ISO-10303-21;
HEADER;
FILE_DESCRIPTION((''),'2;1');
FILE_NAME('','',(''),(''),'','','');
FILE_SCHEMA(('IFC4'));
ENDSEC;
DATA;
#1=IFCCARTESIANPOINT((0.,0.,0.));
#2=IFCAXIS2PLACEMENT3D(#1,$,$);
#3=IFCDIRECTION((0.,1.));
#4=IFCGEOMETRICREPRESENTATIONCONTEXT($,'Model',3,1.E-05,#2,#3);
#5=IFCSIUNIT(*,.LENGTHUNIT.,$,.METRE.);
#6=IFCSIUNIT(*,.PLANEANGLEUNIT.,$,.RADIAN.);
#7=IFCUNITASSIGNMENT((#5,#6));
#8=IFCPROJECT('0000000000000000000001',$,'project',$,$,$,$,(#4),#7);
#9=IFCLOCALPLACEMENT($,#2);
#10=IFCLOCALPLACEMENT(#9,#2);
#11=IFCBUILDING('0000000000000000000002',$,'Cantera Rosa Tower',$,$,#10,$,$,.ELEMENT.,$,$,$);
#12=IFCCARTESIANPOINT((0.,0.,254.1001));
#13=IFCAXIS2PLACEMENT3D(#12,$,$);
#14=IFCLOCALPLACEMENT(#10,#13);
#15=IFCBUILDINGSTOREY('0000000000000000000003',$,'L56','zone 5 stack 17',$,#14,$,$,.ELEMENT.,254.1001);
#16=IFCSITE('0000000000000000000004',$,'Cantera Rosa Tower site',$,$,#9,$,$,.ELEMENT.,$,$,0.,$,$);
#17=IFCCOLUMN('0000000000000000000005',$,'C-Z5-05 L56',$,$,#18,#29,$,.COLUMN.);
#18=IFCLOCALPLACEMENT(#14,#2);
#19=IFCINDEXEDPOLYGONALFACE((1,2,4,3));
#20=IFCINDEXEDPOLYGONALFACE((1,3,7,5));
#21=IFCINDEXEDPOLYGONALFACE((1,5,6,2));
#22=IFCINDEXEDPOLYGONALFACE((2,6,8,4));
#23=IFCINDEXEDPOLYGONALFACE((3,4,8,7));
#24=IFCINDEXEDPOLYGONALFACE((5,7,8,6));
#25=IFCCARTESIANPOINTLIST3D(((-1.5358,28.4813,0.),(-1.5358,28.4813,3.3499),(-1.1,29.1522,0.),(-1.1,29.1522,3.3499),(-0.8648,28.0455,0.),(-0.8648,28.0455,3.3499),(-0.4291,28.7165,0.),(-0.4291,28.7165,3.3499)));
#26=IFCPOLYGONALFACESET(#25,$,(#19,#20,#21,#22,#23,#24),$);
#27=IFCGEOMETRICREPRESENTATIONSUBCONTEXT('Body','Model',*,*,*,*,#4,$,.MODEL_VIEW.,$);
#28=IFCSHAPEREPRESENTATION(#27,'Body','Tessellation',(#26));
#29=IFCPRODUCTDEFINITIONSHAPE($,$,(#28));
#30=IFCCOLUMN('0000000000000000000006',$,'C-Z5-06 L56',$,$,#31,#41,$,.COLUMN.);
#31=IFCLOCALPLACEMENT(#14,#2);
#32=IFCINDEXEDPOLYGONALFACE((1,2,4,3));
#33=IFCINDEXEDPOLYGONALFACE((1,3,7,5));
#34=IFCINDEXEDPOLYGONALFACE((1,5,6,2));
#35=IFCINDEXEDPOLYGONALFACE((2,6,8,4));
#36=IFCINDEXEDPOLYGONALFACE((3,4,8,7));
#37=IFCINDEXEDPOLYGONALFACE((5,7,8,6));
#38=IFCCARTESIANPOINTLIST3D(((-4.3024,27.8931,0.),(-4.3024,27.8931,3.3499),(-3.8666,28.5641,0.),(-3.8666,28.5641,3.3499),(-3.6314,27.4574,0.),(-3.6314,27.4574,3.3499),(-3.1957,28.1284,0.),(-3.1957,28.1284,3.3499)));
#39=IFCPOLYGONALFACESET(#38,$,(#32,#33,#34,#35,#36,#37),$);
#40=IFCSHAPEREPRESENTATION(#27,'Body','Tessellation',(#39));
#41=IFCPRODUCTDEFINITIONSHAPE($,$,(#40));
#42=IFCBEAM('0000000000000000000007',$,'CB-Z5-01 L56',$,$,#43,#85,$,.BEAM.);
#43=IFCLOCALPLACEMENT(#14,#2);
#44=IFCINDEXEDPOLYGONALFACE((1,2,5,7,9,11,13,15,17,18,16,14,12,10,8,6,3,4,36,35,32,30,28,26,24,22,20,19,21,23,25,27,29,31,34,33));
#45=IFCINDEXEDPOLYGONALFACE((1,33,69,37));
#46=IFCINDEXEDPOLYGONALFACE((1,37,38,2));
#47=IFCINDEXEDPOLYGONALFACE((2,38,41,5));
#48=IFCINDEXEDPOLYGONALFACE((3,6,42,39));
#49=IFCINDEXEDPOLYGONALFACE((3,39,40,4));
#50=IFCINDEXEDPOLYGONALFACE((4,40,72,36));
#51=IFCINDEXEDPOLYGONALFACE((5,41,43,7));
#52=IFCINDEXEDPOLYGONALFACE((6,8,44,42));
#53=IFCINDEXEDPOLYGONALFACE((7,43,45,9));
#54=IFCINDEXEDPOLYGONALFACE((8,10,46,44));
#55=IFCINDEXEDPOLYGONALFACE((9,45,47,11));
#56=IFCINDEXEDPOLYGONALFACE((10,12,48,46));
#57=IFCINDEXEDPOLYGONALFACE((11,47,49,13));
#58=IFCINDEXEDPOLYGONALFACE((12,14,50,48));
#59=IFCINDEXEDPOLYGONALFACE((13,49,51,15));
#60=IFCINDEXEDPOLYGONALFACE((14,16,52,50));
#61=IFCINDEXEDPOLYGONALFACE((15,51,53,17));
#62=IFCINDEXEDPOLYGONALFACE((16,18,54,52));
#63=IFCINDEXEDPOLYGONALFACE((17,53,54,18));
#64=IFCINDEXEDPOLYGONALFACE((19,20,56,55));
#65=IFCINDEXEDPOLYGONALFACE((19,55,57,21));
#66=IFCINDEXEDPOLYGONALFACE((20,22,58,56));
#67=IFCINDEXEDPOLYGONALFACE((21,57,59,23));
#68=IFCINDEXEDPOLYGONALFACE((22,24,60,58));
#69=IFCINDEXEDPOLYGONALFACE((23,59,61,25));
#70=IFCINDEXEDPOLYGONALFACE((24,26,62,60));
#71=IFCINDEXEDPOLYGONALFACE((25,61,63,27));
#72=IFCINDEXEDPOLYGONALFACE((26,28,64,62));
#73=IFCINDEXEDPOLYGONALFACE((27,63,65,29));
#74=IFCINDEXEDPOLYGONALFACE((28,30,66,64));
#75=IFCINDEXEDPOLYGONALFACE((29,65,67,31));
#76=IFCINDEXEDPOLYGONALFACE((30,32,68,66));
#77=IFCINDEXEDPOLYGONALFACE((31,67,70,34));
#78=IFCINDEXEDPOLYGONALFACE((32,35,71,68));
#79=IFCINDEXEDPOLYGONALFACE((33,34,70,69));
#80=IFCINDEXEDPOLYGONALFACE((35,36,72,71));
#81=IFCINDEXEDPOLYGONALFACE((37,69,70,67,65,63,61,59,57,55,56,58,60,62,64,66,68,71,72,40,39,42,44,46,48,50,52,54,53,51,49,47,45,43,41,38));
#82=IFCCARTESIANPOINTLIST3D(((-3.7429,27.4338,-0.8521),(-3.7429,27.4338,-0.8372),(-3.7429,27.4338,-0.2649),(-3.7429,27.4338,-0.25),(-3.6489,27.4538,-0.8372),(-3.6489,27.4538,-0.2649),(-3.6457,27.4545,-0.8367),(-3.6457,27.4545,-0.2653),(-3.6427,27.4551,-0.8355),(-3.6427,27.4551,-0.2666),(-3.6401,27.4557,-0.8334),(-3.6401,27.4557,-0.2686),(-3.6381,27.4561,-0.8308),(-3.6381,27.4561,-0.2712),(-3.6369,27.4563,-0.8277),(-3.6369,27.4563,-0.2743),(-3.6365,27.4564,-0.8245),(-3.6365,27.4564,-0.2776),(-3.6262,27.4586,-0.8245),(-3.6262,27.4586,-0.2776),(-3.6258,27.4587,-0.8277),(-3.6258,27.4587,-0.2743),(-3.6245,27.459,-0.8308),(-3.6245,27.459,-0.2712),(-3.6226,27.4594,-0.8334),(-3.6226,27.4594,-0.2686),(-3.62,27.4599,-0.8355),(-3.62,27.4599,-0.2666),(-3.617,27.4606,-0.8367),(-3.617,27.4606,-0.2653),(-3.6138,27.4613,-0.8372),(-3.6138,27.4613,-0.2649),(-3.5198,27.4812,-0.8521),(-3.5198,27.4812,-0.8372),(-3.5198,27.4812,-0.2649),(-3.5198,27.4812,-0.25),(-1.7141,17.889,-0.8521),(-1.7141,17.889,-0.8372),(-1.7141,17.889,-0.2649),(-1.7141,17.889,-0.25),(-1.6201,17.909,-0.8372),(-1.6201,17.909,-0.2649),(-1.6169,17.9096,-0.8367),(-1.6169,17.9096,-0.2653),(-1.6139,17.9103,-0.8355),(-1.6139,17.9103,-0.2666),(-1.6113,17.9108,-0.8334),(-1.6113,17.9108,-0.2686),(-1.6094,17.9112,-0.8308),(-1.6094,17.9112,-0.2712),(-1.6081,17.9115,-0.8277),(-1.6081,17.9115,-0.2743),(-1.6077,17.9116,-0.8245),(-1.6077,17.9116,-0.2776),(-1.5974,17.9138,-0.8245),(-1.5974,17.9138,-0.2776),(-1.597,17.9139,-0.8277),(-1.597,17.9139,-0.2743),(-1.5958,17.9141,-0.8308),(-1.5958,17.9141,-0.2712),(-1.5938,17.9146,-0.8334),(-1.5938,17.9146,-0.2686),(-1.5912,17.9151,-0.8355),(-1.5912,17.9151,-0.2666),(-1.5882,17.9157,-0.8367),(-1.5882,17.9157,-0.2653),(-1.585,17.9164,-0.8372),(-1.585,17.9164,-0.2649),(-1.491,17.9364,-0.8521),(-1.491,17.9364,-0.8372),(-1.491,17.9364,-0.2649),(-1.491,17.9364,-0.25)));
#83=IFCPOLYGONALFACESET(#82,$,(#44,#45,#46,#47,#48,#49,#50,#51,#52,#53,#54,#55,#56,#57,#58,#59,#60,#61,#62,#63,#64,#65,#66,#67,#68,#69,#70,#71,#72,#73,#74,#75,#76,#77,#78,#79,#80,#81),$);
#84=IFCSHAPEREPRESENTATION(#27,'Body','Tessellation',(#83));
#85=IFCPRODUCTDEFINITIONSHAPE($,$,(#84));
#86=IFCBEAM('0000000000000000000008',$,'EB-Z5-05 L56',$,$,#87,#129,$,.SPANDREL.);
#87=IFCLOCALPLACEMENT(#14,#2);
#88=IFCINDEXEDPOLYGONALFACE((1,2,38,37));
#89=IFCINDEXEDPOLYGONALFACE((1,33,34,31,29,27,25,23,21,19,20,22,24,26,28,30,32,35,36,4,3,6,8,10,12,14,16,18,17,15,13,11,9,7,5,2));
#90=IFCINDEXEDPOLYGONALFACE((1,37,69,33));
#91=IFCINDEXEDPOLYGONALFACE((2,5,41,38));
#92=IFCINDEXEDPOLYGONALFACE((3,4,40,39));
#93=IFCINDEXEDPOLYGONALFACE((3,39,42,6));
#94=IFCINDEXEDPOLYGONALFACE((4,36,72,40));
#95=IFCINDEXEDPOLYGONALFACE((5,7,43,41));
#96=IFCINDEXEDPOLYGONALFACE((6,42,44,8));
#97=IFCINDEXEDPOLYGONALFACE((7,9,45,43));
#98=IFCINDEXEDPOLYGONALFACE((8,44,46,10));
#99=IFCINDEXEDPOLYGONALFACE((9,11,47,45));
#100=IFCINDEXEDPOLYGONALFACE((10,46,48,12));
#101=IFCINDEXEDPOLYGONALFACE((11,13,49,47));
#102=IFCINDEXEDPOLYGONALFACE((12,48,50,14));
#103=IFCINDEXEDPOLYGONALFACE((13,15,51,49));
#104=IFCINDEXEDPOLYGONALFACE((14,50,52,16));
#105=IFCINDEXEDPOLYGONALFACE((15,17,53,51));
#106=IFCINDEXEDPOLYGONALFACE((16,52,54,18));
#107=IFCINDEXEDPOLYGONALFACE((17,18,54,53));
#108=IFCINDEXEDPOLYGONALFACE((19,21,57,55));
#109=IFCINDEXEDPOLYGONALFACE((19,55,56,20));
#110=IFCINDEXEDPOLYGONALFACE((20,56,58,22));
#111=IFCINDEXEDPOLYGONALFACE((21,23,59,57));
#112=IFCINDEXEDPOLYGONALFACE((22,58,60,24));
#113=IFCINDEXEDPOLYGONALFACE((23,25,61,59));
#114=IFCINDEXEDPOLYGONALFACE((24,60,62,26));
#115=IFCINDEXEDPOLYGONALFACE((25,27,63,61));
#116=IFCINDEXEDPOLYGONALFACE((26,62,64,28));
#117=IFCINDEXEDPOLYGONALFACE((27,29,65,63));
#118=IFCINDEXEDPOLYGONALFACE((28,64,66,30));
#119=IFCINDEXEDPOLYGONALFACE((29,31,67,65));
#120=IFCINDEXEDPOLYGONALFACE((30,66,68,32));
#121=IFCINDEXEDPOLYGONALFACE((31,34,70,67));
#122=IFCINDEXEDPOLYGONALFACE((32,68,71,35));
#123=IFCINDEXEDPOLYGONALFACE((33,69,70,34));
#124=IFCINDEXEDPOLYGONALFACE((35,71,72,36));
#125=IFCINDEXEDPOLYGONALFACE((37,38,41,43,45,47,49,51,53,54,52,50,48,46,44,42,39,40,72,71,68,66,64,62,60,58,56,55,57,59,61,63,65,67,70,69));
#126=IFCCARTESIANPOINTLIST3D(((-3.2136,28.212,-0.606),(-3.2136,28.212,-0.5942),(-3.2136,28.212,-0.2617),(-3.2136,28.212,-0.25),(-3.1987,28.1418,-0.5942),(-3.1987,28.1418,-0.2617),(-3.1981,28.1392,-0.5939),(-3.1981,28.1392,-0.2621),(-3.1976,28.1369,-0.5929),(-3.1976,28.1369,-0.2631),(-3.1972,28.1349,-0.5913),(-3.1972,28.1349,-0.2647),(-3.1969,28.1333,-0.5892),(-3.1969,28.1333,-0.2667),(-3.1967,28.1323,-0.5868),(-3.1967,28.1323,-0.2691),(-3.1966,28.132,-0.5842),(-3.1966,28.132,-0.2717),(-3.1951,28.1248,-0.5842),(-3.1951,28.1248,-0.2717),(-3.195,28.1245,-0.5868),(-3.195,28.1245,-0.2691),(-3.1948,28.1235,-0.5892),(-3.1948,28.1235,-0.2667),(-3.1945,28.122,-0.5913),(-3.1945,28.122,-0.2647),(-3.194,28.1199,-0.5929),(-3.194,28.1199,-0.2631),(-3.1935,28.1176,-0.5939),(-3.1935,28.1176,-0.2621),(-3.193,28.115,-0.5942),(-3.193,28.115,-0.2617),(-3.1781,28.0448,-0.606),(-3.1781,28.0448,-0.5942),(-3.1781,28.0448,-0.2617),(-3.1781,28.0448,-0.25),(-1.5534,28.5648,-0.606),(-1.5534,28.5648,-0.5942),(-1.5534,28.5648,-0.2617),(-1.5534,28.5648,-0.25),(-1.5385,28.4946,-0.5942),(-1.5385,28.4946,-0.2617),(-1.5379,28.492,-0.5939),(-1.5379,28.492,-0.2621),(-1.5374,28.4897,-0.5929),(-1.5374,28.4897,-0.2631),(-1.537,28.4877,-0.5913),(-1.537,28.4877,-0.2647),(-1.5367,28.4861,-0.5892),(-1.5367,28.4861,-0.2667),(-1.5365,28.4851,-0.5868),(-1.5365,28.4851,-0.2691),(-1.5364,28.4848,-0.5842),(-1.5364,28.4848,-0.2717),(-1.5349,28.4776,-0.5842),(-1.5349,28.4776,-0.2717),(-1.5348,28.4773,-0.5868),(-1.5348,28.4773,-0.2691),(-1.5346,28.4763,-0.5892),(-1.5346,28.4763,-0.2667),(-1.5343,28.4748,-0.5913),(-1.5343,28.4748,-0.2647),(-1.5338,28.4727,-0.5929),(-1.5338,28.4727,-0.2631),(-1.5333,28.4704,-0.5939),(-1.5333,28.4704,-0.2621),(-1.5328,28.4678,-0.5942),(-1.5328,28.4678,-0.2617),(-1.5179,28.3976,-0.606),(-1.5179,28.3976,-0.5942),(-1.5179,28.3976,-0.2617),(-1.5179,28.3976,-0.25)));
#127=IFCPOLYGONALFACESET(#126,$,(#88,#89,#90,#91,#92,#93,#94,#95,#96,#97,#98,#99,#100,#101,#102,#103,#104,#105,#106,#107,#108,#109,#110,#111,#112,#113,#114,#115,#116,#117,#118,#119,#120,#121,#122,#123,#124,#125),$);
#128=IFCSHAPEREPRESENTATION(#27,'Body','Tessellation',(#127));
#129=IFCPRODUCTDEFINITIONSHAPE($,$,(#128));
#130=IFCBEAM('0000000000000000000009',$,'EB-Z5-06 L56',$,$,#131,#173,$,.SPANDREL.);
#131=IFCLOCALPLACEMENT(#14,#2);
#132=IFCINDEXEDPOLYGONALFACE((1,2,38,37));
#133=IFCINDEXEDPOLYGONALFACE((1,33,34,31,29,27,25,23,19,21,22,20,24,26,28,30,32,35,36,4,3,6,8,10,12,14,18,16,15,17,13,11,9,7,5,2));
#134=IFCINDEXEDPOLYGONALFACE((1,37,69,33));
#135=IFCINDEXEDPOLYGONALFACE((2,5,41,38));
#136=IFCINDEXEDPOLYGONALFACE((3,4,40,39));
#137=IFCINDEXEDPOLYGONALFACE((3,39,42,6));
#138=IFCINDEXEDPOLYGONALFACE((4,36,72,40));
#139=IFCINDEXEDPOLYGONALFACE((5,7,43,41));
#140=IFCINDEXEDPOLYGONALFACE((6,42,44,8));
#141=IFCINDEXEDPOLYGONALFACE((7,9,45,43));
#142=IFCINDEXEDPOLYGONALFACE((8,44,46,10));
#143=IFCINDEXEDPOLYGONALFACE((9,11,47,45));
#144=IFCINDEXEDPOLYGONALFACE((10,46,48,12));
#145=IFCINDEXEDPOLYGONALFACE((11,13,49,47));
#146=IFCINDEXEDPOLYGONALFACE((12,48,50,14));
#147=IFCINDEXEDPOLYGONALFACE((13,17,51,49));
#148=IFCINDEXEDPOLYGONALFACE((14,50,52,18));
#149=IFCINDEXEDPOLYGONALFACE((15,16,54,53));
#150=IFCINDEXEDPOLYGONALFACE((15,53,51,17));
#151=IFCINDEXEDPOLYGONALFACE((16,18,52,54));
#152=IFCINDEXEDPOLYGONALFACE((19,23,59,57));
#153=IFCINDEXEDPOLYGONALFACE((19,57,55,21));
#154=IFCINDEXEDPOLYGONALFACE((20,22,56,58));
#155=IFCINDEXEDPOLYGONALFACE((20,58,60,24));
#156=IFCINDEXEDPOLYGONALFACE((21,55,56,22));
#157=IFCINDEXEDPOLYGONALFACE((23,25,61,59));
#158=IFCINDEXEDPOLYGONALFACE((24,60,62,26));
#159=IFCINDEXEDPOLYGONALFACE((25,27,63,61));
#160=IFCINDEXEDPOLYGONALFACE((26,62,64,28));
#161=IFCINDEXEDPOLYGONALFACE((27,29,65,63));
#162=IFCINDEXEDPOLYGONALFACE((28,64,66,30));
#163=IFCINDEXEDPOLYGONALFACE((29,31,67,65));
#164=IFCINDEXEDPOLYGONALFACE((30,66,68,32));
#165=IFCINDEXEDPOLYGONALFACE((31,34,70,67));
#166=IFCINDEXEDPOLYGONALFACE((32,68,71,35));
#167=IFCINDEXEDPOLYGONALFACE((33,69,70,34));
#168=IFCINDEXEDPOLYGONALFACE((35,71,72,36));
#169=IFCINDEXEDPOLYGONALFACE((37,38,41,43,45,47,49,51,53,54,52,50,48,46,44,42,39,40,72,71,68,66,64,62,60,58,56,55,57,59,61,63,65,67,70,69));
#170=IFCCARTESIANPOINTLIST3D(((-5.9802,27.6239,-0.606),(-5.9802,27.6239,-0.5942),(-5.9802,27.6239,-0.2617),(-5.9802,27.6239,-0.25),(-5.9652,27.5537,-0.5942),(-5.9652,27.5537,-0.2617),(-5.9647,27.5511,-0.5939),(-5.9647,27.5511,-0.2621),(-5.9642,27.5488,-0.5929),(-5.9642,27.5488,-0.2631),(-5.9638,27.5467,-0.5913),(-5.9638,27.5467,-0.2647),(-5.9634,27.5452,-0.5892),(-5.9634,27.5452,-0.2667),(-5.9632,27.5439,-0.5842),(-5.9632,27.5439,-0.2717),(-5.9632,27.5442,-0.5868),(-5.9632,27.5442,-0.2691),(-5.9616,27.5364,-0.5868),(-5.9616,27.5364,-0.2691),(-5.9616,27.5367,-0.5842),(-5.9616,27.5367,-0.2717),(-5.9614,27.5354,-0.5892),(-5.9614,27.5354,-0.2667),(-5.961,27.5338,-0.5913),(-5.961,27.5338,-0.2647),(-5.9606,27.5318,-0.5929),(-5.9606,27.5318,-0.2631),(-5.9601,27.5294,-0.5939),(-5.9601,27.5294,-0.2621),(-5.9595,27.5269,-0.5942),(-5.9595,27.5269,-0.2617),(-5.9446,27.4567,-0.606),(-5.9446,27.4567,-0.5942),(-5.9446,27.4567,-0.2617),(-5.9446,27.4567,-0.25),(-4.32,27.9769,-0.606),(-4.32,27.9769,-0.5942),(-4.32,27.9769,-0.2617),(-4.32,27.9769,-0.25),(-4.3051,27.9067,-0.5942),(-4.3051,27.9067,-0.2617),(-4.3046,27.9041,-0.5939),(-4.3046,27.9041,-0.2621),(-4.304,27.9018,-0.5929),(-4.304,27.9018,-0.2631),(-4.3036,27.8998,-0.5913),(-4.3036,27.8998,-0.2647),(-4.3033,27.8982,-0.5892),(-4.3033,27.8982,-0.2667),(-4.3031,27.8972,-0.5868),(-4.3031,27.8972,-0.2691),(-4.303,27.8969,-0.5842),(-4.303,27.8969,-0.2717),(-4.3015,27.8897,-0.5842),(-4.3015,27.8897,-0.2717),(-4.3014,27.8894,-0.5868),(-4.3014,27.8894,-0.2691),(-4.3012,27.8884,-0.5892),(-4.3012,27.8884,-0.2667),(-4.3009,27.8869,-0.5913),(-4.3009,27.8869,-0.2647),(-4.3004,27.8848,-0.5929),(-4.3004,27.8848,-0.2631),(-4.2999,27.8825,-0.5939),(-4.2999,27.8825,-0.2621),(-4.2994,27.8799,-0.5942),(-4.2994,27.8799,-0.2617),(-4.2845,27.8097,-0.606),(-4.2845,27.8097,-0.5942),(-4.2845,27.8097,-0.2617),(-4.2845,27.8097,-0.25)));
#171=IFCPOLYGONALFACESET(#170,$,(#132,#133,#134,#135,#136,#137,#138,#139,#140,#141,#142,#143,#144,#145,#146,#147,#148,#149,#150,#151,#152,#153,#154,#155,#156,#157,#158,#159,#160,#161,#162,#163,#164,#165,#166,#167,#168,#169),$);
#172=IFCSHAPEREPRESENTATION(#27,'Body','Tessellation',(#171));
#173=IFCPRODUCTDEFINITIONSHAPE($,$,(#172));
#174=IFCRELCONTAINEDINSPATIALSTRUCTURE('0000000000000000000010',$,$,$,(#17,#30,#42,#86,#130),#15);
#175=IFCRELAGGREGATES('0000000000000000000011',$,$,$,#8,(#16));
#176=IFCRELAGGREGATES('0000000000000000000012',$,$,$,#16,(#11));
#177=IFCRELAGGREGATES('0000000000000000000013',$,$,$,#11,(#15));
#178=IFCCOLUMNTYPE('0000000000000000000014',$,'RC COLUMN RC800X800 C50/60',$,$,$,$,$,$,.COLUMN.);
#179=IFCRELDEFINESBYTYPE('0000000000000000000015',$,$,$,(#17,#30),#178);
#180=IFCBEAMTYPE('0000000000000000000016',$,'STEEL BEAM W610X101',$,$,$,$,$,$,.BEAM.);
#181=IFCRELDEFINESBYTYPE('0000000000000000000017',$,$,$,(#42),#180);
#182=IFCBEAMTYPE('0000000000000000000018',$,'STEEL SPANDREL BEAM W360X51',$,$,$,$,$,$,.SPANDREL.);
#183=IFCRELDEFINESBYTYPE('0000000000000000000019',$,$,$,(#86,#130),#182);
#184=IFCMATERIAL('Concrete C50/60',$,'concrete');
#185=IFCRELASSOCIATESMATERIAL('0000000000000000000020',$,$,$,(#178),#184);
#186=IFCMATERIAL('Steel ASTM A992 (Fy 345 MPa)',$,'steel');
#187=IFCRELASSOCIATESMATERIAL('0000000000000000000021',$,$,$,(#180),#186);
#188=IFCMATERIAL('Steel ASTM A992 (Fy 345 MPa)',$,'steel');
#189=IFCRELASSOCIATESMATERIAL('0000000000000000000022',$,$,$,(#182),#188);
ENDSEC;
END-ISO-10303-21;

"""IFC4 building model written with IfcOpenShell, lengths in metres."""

from ifc_helpers import new_model, si_unit, direction, frame, origin, origin_2d, place, context, subcontext, project, spatial, rectangle, i_section, extrude, material, material_profile, profile_set, type_object, element, save


model = new_model("IFC4")

# Units and contexts
model_context = context("Model", 3, precision=1e-05, world=origin(), true_north=direction((0.0, 1.0)))
body_context = subcontext(model_context, "Body", "Model", "MODEL_VIEW")
ifc_project = project(units=[si_unit("LENGTHUNIT", "METRE"), si_unit("PLANEANGLEUNIT", "RADIAN")], contexts=[model_context])

# Site, building, storey
site_placement = place(None, origin())
site = spatial("IfcSite", under=ifc_project, at=site_placement, Name="Cantera Rosa Tower site", CompositionType="ELEMENT", RefElevation=0.0)
building_placement = place(site_placement, origin())
building = spatial("IfcBuilding", under=site, at=building_placement, Name="Cantera Rosa Tower", CompositionType="ELEMENT")
storey_placement = place(building_placement, frame((0.0, 0.0, 254.1001)))
storey = spatial("IfcBuildingStorey", under=building, at=storey_placement, Name="L56", Description="zone 5 stack 17", CompositionType="ELEMENT", Elevation=254.1001)

# Columns
ifc_material_1 = material(Name="Concrete C50/60", Category="concrete")
ifc_material_profile_1 = material_profile(ifc_material_1, rectangle(XDim=0.8, YDim=0.8, at=origin_2d()), Name="RC COLUMN RC800X800 C50/60")
ifc_profile_set_1 = profile_set([ifc_material_profile_1], Name="Concrete C50/60")
column_type = type_object("IfcColumnType", Name="RC COLUMN RC800X800 C50/60", PredefinedType="COLUMN", material=ifc_profile_set_1)
for number, where, z_axis, x_axis, name in (
    (1, (-0.9824, 28.5989, 0.0), (0.0, 0.0, 1.0), (0.544639, 0.838671, 0.0), "C-Z5-05 L56"),
    (2, (-3.749, 28.0107, 0.0), (0.0, 0.0, 1.0), (0.544639, 0.838671, 0.0), "C-Z5-06 L56"),
):
    element("IfcColumn", number, at=place(storey_placement, frame(where, z_axis=z_axis, x_axis=x_axis)), inside=storey, type_object=column_type, Name=name, PredefinedType="COLUMN", context=body_context, shape_type="SweptSolid", body=[
        extrude(rectangle(XDim=0.8, YDim=0.8, at=origin_2d()), origin(), (0.0, 0.0, 1.0), 3.3499),
    ])

# Beams
ifc_material_2 = material(Name="Steel ASTM A992 (Fy 345 MPa)", Category="steel")
ifc_material_profile_2 = material_profile(ifc_material_2, i_section(OverallWidth=0.228, OverallDepth=0.6021, WebThickness=0.0105, FlangeThickness=0.0149, FilletRadius=0.0127, at=origin_2d()), Name="W610X101")
ifc_profile_set_2 = profile_set([ifc_material_profile_2], Name="Steel ASTM A992 (Fy 345 MPa)")
beam_type_1 = type_object("IfcBeamType", Name="STEEL BEAM W610X101", PredefinedType="BEAM", material=ifc_profile_set_2)
beam_placement = place(storey_placement, frame((-3.6313, 27.4575, -0.551), z_axis=(0.207909, -0.978148, 0.0), x_axis=(0.978148, 0.207909, 0.0)))
element("IfcBeam", 3, at=beam_placement, inside=storey, type_object=beam_type_1, Name="CB-Z5-01 L56", PredefinedType="BEAM", context=body_context, shape_type="SweptSolid", body=[
    extrude(i_section(OverallWidth=0.228, OverallDepth=0.6021, WebThickness=0.0105, FlangeThickness=0.0149, FilletRadius=0.0127, at=origin_2d()), origin(), (0.0, 0.0, 1.0), 9.7581),
])
ifc_material_3 = material(Name="Steel ASTM A992 (Fy 345 MPa)", Category="steel")
ifc_material_profile_3 = material_profile(ifc_material_3, i_section(OverallWidth=0.1709, OverallDepth=0.356, WebThickness=0.0073, FlangeThickness=0.0117, FilletRadius=0.01, at=origin_2d()), Name="W360X51")
ifc_profile_set_3 = profile_set([ifc_material_profile_3], Name="Steel ASTM A992 (Fy 345 MPa)")
beam_type_2 = type_object("IfcBeamType", Name="STEEL SPANDREL BEAM W360X51", PredefinedType="SPANDREL", material=ifc_profile_set_3)
for number, where, z_axis, x_axis, name in (
    (4, (-1.5356, 28.4812, -0.428), (-0.978159, -0.207859, 0.0), (0.207859, -0.978159, 0.0), "EB-Z5-05 L56"),
    (5, (-4.3022, 27.8933, -0.428), (-0.97813, -0.207996, 0.0), (0.207996, -0.97813, 0.0), "EB-Z5-06 L56"),
):
    element("IfcBeam", number, at=place(storey_placement, frame(where, z_axis=z_axis, x_axis=x_axis)), inside=storey, type_object=beam_type_2, Name=name, PredefinedType="SPANDREL", context=body_context, shape_type="SweptSolid", body=[
        extrude(i_section(OverallWidth=0.1709, OverallDepth=0.356, WebThickness=0.0073, FlangeThickness=0.0117, FilletRadius=0.01, at=origin_2d()), origin(), (0.0, 0.0, 1.0), 1.6973),
    ])

save(model, "model.ifc")
